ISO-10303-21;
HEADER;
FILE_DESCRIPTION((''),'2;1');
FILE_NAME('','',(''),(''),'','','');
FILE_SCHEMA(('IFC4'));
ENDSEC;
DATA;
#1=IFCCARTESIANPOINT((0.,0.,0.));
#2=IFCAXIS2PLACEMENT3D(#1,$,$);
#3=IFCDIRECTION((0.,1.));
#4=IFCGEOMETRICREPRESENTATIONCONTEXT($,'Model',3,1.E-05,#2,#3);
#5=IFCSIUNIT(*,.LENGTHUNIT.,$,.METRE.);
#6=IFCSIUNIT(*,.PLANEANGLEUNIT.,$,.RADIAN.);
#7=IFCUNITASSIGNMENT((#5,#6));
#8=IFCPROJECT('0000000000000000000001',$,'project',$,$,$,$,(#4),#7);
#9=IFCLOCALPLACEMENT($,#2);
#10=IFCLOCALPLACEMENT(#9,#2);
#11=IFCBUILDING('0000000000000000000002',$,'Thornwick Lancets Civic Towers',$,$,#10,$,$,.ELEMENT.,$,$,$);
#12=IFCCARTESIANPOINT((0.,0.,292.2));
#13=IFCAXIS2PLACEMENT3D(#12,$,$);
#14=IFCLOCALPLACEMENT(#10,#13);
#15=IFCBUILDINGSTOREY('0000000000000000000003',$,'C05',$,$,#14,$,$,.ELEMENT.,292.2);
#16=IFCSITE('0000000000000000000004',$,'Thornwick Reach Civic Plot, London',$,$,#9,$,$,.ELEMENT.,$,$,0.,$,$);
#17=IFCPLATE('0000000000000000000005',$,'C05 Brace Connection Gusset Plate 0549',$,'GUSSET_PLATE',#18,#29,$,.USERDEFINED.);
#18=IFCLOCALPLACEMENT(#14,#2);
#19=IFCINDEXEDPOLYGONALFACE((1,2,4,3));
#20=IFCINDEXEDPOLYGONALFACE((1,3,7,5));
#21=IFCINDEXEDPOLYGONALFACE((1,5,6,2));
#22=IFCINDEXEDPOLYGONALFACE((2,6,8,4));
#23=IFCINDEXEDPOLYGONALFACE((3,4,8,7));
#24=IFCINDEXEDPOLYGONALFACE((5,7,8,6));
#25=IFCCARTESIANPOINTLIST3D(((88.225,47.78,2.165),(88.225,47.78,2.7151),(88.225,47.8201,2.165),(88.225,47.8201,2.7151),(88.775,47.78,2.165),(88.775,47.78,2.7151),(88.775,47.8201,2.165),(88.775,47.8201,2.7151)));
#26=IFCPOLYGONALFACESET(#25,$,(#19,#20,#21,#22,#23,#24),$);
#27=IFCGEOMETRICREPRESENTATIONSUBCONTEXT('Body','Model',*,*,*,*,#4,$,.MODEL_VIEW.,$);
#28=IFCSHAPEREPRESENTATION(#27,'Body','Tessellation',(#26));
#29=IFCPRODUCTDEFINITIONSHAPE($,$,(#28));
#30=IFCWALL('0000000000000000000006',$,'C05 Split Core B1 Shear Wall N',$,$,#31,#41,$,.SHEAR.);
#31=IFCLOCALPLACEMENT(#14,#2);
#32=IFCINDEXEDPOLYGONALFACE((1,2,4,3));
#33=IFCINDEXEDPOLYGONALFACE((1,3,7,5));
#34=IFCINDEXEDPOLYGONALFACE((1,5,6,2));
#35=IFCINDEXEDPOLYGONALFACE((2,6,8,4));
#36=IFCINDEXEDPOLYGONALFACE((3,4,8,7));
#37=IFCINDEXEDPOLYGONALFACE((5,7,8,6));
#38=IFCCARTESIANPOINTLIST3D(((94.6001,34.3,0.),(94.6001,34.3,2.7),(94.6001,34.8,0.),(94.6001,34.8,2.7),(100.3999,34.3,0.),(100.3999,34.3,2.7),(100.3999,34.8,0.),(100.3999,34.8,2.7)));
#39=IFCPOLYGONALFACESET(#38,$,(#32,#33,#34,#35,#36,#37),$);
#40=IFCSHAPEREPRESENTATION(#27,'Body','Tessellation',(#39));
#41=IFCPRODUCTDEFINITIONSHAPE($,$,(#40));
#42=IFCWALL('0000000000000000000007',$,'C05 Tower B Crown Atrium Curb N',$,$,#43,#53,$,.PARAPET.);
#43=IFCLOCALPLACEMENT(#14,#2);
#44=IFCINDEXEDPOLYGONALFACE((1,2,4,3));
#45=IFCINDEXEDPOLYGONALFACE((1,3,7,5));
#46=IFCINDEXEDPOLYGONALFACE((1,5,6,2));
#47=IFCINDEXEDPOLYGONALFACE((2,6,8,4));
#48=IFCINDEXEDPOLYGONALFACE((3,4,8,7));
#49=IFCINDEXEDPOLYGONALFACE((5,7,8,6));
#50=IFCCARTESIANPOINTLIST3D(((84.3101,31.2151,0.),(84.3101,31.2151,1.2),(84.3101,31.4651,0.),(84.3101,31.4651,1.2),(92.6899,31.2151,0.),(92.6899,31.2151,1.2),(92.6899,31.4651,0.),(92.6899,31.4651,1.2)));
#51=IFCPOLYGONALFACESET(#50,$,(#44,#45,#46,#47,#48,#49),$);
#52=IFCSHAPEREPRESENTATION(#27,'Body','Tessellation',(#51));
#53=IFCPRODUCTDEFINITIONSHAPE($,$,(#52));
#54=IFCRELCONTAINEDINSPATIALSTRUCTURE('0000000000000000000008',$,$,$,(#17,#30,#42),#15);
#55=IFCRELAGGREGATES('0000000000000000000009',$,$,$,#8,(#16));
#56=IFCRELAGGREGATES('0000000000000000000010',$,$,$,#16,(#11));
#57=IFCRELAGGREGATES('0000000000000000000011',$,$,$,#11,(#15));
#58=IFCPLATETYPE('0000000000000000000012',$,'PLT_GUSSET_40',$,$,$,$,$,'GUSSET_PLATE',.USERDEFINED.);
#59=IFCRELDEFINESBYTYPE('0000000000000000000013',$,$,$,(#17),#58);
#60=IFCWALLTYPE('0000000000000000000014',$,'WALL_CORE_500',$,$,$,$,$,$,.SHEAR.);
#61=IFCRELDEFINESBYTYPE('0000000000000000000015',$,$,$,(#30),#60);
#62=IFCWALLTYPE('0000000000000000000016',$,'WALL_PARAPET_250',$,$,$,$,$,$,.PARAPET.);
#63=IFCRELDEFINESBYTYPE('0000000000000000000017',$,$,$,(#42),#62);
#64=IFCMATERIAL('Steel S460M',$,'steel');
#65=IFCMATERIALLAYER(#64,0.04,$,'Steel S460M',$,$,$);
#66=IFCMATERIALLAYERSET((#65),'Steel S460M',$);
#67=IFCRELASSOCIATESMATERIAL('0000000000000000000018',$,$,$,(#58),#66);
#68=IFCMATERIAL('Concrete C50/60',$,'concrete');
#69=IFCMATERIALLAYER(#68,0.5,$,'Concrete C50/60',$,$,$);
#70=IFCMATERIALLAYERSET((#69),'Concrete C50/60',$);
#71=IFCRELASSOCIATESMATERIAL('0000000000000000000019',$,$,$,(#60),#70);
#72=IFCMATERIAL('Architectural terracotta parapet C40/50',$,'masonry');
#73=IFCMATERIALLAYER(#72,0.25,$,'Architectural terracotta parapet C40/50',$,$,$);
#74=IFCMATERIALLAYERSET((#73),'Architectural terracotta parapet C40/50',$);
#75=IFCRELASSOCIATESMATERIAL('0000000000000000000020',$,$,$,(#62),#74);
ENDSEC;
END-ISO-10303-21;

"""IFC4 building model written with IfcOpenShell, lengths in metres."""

from ifc_helpers import new_model, si_unit, direction, frame, frame_2d, origin, origin_2d, place, context, subcontext, project, spatial, rectangle, extrude, material, layer, layer_set, type_object, element, save


model = new_model("IFC4")

# Units and contexts
model_context = context("Model", 3, precision=1e-05, world=origin(), true_north=direction((0.0, 1.0)))
body_context = subcontext(model_context, "Body", "Model", "MODEL_VIEW")
ifc_project = project(units=[si_unit("LENGTHUNIT", "METRE"), si_unit("PLANEANGLEUNIT", "RADIAN")], contexts=[model_context])

# Site, building, storey
site_placement = place(None, origin())
site = spatial("IfcSite", under=ifc_project, at=site_placement, Name="Thornwick Reach Civic Plot, London", CompositionType="ELEMENT", RefElevation=0.0)
building_placement = place(site_placement, origin())
building = spatial("IfcBuilding", under=site, at=building_placement, Name="Thornwick Lancets Civic Towers", CompositionType="ELEMENT")
storey_placement = place(building_placement, frame((0.0, 0.0, 292.2)))
storey = spatial("IfcBuildingStorey", under=building, at=storey_placement, Name="C05", CompositionType="ELEMENT", Elevation=292.2)

# Plate
ifc_material_1 = material(Name="Steel S460M", Category="steel")
ifc_layer_1 = layer(ifc_material_1, 0.04, Name="Steel S460M")
ifc_layer_set_1 = layer_set([ifc_layer_1], Name="Steel S460M")
plate_type_1 = type_object("IfcPlateType", Name="PLT_GUSSET_40", ElementType="GUSSET_PLATE", PredefinedType="USERDEFINED", material=ifc_layer_set_1)
for number, where, z_axis, x_axis, name in (
    (1, (88.5, 47.8, 2.165), (0.0, 0.0, 1.0), (-1.0, 0.0, 0.0), "C05 Brace Connection Gusset Plate 0549"),
):
    element("IfcPlate", number, at=place(storey_placement, frame(where, z_axis=z_axis, x_axis=x_axis)), inside=storey, type_object=plate_type_1, Name=name, ObjectType="GUSSET_PLATE", PredefinedType="USERDEFINED", context=body_context, shape_type="SweptSolid", body=[
        extrude(rectangle(XDim=0.55, YDim=0.04, at=origin_2d()), origin(), (0.0, 0.0, 1.0), 0.55),
    ])

# Walls
ifc_material_2 = material(Name="Concrete C50/60", Category="concrete")
ifc_layer_2 = layer(ifc_material_2, 0.5, Name="Concrete C50/60")
ifc_layer_set_2 = layer_set([ifc_layer_2], Name="Concrete C50/60")
wall_type_1 = type_object("IfcWallType", Name="WALL_CORE_500", PredefinedType="SHEAR", material=ifc_layer_set_2)
wall_1_placement = place(storey_placement, frame((94.6001, 34.55, 0.0), z_axis=(0.0, 0.0, 1.0), x_axis=(1.0, 0.0, 0.0)))
element("IfcWall", 2, at=wall_1_placement, inside=storey, type_object=wall_type_1, Name="C05 Split Core B1 Shear Wall N", PredefinedType="SHEAR", context=body_context, shape_type="SweptSolid", body=[
    extrude(rectangle(XDim=5.7998, YDim=0.5, at=frame_2d((2.8999, 0.0))), origin(), (0.0, 0.0, 1.0), 2.7),
])
ifc_material_3 = material(Name="Architectural terracotta parapet C40/50", Category="masonry")
ifc_layer_3 = layer(ifc_material_3, 0.25, Name="Architectural terracotta parapet C40/50")
ifc_layer_set_3 = layer_set([ifc_layer_3], Name="Architectural terracotta parapet C40/50")
wall_type_2 = type_object("IfcWallType", Name="WALL_PARAPET_250", PredefinedType="PARAPET", material=ifc_layer_set_3)
wall_2_placement = place(storey_placement, frame((92.6899, 31.3401, 0.0), z_axis=(0.0, 0.0, 1.0), x_axis=(-1.0, 0.0, 0.0)))
element("IfcWall", 3, at=wall_2_placement, inside=storey, type_object=wall_type_2, Name="C05 Tower B Crown Atrium Curb N", PredefinedType="PARAPET", context=body_context, shape_type="SweptSolid", body=[
    extrude(rectangle(XDim=8.3799, YDim=0.25, at=frame_2d((4.1899, 0.0))), origin(), (0.0, 0.0, 1.0), 1.2),
])

save(model, "model.ifc")
